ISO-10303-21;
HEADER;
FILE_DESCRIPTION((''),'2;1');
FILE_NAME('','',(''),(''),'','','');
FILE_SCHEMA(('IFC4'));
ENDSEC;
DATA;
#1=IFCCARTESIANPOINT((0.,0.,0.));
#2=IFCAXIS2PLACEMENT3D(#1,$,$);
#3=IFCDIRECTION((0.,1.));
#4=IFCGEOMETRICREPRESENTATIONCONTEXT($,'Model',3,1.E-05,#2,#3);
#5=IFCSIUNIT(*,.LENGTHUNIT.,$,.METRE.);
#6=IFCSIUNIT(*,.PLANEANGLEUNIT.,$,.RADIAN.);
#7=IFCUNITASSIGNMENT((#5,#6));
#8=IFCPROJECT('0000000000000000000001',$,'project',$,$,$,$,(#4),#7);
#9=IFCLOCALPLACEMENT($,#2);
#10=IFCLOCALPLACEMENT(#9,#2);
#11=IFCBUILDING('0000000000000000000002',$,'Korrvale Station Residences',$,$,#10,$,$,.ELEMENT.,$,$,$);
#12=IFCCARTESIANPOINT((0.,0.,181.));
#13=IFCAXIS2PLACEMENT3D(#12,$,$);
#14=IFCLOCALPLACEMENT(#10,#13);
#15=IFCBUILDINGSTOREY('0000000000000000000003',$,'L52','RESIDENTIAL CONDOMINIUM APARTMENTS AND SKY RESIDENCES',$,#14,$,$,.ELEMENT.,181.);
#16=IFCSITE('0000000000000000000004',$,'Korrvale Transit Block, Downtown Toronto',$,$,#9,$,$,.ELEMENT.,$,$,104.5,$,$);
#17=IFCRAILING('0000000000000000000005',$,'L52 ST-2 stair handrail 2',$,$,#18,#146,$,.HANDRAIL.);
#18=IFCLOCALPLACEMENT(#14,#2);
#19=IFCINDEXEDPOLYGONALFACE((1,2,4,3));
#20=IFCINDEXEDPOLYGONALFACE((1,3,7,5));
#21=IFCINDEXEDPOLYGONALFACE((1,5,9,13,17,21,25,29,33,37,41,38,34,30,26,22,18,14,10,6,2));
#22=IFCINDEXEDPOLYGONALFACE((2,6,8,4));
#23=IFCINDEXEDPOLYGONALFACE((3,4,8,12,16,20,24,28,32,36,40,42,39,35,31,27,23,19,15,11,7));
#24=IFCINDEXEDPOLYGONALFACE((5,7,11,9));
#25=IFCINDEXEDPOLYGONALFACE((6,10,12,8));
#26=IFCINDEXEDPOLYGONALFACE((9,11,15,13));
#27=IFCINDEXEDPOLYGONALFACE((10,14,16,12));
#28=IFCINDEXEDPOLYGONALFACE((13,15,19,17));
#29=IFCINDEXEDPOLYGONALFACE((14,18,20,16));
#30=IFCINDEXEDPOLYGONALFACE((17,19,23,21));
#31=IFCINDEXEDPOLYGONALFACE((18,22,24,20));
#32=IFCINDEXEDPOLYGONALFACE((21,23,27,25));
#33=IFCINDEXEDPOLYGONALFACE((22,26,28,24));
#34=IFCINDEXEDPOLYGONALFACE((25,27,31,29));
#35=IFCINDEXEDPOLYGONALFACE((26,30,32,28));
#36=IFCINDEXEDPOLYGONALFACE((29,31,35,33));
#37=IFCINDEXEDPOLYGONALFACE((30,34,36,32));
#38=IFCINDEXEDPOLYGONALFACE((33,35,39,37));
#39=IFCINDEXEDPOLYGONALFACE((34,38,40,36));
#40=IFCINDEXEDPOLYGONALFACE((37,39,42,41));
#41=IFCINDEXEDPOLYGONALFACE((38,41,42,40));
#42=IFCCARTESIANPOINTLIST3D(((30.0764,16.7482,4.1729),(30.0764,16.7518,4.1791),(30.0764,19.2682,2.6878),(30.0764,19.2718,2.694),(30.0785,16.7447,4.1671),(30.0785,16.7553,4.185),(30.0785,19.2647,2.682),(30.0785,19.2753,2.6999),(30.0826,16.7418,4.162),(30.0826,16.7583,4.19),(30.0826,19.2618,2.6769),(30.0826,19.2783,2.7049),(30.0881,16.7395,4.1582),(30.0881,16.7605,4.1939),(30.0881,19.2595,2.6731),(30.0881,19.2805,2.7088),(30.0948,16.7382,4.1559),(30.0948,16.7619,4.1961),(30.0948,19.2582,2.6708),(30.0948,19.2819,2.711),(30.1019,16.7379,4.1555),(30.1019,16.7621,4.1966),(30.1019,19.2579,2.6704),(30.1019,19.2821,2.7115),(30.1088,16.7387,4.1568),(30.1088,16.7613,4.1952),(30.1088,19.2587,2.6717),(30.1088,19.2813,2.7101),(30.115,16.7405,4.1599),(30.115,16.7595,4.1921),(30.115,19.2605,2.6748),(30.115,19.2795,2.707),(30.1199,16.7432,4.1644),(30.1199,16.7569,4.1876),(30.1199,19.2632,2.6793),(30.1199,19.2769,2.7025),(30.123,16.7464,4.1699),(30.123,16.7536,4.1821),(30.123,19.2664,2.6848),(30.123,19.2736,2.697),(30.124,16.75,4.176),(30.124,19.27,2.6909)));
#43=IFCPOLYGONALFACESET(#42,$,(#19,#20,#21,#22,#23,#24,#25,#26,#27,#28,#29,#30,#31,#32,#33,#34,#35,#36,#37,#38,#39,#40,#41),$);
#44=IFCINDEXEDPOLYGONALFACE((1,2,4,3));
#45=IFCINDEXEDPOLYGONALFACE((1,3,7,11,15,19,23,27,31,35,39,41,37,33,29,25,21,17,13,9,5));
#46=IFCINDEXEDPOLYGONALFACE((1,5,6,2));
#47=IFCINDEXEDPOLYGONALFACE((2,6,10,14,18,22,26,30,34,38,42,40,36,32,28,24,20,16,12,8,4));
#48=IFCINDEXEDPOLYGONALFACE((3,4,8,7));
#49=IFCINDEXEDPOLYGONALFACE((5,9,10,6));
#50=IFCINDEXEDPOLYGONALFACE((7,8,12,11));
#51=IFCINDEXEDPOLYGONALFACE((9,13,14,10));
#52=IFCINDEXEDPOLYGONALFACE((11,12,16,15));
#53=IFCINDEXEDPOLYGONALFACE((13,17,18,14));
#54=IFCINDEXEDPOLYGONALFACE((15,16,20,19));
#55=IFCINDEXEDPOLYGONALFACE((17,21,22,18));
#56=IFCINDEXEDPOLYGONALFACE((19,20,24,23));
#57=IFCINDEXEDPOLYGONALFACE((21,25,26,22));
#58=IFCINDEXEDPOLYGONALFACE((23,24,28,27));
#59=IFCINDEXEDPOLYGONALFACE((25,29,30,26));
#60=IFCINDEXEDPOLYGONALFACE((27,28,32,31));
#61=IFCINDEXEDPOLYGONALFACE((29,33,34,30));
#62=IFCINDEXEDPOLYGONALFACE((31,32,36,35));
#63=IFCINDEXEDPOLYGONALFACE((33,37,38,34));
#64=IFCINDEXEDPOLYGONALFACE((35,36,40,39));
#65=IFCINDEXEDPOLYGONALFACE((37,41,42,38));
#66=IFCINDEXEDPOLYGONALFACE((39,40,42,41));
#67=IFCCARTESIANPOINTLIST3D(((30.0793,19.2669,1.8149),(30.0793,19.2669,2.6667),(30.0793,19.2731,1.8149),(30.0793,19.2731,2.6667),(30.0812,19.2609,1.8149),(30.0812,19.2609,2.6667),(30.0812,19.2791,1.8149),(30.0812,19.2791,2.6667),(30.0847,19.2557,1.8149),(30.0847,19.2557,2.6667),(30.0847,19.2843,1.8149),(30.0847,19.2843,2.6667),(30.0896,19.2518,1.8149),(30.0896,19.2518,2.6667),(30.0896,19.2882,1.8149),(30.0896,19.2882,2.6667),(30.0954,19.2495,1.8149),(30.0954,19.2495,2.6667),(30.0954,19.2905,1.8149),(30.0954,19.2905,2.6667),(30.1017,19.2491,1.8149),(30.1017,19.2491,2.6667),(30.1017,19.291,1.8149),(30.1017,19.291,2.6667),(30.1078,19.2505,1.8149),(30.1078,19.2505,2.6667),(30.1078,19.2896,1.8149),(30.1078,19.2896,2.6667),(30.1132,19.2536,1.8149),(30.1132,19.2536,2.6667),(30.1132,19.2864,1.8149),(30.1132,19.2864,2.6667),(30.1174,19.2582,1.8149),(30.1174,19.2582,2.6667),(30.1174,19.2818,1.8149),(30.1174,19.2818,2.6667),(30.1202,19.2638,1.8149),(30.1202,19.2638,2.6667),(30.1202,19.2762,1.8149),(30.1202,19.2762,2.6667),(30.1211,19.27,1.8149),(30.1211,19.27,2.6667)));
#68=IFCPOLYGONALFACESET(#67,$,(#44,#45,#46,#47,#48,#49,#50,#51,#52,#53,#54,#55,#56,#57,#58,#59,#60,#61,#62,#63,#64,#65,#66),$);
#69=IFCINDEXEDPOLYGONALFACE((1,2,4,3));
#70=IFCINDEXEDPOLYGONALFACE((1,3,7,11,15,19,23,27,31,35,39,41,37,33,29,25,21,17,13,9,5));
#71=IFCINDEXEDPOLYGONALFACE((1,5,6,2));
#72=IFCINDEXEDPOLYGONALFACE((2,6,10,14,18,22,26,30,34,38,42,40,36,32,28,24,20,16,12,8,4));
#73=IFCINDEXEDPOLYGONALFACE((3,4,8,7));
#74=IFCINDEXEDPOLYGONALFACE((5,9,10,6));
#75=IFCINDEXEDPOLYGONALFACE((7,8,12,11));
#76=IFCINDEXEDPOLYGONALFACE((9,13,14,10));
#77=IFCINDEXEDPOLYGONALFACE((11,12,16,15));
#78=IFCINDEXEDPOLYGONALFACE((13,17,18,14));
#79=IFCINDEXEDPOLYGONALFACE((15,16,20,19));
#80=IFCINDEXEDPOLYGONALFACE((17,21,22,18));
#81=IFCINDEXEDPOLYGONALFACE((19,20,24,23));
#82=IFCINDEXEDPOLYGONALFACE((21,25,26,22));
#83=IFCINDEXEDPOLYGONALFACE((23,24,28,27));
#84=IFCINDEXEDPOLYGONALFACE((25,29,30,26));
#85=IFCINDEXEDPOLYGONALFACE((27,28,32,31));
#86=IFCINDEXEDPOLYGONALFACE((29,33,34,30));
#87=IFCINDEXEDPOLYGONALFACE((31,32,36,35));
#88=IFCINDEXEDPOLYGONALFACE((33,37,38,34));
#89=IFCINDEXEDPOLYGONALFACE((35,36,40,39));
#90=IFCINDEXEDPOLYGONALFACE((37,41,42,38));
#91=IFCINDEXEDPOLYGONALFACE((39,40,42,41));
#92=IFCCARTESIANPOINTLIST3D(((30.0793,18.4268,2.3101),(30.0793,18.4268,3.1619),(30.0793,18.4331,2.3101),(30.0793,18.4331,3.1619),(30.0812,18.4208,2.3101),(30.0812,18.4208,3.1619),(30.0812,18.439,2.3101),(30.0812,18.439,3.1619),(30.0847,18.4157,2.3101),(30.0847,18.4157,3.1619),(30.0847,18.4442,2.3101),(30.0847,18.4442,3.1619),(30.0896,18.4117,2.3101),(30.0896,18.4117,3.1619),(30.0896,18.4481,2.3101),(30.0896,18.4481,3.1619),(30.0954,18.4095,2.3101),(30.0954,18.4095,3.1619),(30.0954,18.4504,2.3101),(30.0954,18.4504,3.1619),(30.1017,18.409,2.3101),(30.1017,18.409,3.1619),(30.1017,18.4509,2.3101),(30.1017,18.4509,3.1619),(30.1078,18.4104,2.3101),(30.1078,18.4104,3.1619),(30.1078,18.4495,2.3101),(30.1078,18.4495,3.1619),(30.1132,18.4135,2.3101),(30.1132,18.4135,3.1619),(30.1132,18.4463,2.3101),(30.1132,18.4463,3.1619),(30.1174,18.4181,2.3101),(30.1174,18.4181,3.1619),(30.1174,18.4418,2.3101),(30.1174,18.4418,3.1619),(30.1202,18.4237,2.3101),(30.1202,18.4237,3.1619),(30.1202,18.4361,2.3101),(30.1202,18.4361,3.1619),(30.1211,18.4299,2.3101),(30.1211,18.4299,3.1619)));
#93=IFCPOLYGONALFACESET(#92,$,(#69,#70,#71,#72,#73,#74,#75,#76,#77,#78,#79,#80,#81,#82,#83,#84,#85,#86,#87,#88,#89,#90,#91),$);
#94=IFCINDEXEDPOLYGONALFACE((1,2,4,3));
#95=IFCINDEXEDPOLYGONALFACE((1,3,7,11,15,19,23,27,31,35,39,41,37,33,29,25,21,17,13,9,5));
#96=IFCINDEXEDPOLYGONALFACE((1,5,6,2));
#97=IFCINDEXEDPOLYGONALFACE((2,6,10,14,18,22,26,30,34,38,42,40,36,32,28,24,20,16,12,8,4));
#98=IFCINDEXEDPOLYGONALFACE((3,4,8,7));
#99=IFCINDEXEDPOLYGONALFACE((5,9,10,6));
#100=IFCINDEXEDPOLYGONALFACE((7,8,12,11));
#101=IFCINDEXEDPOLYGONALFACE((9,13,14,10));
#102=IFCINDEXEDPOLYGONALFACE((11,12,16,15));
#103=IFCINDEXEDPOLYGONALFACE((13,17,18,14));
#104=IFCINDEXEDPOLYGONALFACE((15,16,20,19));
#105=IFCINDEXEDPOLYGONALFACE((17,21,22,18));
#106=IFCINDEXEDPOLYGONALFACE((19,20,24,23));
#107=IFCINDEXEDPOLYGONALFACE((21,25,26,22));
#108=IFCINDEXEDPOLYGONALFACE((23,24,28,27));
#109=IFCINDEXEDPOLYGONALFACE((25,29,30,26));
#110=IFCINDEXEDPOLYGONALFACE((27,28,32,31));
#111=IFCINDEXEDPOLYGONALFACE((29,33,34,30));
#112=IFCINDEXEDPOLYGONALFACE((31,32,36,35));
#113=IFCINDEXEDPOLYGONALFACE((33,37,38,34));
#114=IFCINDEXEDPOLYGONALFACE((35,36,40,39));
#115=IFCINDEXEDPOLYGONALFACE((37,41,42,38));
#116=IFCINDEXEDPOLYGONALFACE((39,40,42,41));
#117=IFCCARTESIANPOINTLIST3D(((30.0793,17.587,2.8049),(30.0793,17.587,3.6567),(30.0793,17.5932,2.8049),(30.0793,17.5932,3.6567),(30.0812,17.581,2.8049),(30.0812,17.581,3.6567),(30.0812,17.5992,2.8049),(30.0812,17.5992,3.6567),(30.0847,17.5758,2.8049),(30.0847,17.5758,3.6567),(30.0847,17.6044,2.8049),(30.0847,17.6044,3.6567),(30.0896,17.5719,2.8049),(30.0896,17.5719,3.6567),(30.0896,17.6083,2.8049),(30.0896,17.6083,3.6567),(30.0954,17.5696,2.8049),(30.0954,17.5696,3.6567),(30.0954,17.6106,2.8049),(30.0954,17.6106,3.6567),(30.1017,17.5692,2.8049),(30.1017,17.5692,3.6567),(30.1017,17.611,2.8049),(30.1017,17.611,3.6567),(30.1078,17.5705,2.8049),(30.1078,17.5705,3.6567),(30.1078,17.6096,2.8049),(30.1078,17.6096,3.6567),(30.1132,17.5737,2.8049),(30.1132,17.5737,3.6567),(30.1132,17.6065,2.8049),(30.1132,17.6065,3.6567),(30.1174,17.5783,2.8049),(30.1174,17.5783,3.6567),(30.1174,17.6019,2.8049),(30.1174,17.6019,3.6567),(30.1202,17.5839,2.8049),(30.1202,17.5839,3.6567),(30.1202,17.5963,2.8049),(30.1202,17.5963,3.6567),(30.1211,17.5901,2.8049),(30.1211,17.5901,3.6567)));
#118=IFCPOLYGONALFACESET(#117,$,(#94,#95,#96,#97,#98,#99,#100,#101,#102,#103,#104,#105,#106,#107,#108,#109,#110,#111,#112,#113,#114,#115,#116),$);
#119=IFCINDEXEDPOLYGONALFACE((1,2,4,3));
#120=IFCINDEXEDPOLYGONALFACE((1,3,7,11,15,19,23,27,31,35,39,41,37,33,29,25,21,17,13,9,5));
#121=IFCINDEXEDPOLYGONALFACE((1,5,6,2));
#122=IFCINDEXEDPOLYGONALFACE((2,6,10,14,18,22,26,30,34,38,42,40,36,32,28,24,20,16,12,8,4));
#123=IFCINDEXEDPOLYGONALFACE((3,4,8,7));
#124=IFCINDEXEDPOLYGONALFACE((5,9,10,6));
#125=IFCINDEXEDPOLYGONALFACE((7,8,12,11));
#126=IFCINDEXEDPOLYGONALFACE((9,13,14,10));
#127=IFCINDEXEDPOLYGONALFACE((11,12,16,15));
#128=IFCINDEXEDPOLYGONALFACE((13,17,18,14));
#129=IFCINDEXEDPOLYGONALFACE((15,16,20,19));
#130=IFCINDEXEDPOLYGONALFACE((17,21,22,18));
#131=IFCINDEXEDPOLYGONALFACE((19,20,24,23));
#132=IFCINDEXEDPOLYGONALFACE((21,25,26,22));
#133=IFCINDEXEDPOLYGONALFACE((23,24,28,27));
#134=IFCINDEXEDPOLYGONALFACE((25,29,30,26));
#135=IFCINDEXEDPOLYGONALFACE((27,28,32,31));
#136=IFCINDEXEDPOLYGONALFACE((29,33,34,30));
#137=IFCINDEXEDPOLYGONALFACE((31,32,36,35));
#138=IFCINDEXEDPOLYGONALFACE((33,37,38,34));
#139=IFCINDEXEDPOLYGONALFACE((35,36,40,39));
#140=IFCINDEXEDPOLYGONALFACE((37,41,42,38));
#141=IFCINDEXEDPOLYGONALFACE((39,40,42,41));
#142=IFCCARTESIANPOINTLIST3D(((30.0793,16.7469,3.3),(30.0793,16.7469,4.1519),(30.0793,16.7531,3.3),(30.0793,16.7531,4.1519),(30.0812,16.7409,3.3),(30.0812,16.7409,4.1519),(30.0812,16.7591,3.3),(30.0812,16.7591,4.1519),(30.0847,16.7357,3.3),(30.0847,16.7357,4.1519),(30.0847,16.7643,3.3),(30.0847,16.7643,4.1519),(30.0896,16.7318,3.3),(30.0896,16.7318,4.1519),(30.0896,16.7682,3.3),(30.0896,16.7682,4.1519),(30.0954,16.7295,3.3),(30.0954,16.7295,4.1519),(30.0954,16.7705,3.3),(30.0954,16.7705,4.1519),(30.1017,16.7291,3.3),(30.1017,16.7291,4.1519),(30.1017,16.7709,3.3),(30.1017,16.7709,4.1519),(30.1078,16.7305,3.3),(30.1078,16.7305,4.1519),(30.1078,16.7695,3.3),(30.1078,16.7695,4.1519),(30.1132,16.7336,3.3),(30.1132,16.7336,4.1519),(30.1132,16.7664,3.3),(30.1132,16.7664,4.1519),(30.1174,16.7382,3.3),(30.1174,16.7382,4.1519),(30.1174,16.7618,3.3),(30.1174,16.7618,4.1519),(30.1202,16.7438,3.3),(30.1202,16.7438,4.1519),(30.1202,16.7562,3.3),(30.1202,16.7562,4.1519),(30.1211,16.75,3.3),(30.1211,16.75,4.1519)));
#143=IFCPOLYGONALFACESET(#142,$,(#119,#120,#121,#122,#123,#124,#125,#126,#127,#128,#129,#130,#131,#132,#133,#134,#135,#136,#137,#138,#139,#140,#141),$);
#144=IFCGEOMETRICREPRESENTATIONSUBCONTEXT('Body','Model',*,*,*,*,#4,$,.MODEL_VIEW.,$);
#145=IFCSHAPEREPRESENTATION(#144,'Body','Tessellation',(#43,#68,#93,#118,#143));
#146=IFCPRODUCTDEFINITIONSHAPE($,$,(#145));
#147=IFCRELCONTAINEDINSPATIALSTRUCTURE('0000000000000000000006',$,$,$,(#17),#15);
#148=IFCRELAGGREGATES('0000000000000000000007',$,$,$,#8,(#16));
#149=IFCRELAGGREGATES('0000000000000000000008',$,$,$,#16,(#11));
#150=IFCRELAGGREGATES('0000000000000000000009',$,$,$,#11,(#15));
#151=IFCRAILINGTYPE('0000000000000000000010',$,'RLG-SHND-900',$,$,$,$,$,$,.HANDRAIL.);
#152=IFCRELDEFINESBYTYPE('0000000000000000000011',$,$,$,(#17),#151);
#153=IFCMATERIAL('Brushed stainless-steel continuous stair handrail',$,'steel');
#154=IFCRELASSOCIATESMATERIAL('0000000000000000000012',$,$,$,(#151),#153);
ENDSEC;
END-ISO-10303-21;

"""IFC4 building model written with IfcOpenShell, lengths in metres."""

from ifc_helpers import new_model, si_unit, direction, frame, origin, origin_2d, place, context, subcontext, project, spatial, circle, extrude, material, type_object, element, save


model = new_model("IFC4")

# Units and contexts
model_context = context("Model", 3, precision=1e-05, world=origin(), true_north=direction((0.0, 1.0)))
body_context = subcontext(model_context, "Body", "Model", "MODEL_VIEW")
ifc_project = project(units=[si_unit("LENGTHUNIT", "METRE"), si_unit("PLANEANGLEUNIT", "RADIAN")], contexts=[model_context])

# Site, building, storey
site_placement = place(None, origin())
site = spatial("IfcSite", under=ifc_project, at=site_placement, Name="Korrvale Transit Block, Downtown Toronto", CompositionType="ELEMENT", RefElevation=104.5)
building_placement = place(site_placement, origin())
building = spatial("IfcBuilding", under=site, at=building_placement, Name="Korrvale Station Residences", CompositionType="ELEMENT")
storey_placement = place(building_placement, frame((0.0, 0.0, 181.0)))
storey = spatial("IfcBuildingStorey", under=building, at=storey_placement, Name="L52", Description="RESIDENTIAL CONDOMINIUM APARTMENTS AND SKY RESIDENCES", CompositionType="ELEMENT", Elevation=181.0)

# Railing
ifc_material_1 = material(Name="Brushed stainless-steel continuous stair handrail", Category="steel")
railing_type_1 = type_object("IfcRailingType", Name="RLG-SHND-900", PredefinedType="HANDRAIL", material=ifc_material_1)
railing_1_placement = place(storey_placement, frame((30.1001, 19.27, 1.8149)))
element("IfcRailing", 1, at=railing_1_placement, inside=storey, type_object=railing_type_1, Name="L52 ST-2 stair handrail 2", PredefinedType="HANDRAIL", context=body_context, shape_type="SweptSolid", body=[
    extrude(circle(Radius=0.0239, at=origin_2d()), frame((0.0, 0.0, 0.876), z_axis=(0.0, -0.861524, 0.507717), x_axis=(1.0, 0.0, 0.0)), (0.0, 0.0, 1.0), 2.925),
    extrude(circle(Radius=0.021, at=origin_2d()), origin(), (0.0, 0.0, 1.0), 0.8518),
    extrude(circle(Radius=0.021, at=origin_2d()), frame((0.0, -0.8401, 0.4951)), (0.0, 0.0, 1.0), 0.8518),
    extrude(circle(Radius=0.021, at=origin_2d()), frame((0.0, -1.6799, 0.99)), (0.0, 0.0, 1.0), 0.8518),
    extrude(circle(Radius=0.021, at=origin_2d()), frame((0.0, -2.52, 1.4851)), (0.0, 0.0, 1.0), 0.8518),
])

save(model, "model.ifc")
